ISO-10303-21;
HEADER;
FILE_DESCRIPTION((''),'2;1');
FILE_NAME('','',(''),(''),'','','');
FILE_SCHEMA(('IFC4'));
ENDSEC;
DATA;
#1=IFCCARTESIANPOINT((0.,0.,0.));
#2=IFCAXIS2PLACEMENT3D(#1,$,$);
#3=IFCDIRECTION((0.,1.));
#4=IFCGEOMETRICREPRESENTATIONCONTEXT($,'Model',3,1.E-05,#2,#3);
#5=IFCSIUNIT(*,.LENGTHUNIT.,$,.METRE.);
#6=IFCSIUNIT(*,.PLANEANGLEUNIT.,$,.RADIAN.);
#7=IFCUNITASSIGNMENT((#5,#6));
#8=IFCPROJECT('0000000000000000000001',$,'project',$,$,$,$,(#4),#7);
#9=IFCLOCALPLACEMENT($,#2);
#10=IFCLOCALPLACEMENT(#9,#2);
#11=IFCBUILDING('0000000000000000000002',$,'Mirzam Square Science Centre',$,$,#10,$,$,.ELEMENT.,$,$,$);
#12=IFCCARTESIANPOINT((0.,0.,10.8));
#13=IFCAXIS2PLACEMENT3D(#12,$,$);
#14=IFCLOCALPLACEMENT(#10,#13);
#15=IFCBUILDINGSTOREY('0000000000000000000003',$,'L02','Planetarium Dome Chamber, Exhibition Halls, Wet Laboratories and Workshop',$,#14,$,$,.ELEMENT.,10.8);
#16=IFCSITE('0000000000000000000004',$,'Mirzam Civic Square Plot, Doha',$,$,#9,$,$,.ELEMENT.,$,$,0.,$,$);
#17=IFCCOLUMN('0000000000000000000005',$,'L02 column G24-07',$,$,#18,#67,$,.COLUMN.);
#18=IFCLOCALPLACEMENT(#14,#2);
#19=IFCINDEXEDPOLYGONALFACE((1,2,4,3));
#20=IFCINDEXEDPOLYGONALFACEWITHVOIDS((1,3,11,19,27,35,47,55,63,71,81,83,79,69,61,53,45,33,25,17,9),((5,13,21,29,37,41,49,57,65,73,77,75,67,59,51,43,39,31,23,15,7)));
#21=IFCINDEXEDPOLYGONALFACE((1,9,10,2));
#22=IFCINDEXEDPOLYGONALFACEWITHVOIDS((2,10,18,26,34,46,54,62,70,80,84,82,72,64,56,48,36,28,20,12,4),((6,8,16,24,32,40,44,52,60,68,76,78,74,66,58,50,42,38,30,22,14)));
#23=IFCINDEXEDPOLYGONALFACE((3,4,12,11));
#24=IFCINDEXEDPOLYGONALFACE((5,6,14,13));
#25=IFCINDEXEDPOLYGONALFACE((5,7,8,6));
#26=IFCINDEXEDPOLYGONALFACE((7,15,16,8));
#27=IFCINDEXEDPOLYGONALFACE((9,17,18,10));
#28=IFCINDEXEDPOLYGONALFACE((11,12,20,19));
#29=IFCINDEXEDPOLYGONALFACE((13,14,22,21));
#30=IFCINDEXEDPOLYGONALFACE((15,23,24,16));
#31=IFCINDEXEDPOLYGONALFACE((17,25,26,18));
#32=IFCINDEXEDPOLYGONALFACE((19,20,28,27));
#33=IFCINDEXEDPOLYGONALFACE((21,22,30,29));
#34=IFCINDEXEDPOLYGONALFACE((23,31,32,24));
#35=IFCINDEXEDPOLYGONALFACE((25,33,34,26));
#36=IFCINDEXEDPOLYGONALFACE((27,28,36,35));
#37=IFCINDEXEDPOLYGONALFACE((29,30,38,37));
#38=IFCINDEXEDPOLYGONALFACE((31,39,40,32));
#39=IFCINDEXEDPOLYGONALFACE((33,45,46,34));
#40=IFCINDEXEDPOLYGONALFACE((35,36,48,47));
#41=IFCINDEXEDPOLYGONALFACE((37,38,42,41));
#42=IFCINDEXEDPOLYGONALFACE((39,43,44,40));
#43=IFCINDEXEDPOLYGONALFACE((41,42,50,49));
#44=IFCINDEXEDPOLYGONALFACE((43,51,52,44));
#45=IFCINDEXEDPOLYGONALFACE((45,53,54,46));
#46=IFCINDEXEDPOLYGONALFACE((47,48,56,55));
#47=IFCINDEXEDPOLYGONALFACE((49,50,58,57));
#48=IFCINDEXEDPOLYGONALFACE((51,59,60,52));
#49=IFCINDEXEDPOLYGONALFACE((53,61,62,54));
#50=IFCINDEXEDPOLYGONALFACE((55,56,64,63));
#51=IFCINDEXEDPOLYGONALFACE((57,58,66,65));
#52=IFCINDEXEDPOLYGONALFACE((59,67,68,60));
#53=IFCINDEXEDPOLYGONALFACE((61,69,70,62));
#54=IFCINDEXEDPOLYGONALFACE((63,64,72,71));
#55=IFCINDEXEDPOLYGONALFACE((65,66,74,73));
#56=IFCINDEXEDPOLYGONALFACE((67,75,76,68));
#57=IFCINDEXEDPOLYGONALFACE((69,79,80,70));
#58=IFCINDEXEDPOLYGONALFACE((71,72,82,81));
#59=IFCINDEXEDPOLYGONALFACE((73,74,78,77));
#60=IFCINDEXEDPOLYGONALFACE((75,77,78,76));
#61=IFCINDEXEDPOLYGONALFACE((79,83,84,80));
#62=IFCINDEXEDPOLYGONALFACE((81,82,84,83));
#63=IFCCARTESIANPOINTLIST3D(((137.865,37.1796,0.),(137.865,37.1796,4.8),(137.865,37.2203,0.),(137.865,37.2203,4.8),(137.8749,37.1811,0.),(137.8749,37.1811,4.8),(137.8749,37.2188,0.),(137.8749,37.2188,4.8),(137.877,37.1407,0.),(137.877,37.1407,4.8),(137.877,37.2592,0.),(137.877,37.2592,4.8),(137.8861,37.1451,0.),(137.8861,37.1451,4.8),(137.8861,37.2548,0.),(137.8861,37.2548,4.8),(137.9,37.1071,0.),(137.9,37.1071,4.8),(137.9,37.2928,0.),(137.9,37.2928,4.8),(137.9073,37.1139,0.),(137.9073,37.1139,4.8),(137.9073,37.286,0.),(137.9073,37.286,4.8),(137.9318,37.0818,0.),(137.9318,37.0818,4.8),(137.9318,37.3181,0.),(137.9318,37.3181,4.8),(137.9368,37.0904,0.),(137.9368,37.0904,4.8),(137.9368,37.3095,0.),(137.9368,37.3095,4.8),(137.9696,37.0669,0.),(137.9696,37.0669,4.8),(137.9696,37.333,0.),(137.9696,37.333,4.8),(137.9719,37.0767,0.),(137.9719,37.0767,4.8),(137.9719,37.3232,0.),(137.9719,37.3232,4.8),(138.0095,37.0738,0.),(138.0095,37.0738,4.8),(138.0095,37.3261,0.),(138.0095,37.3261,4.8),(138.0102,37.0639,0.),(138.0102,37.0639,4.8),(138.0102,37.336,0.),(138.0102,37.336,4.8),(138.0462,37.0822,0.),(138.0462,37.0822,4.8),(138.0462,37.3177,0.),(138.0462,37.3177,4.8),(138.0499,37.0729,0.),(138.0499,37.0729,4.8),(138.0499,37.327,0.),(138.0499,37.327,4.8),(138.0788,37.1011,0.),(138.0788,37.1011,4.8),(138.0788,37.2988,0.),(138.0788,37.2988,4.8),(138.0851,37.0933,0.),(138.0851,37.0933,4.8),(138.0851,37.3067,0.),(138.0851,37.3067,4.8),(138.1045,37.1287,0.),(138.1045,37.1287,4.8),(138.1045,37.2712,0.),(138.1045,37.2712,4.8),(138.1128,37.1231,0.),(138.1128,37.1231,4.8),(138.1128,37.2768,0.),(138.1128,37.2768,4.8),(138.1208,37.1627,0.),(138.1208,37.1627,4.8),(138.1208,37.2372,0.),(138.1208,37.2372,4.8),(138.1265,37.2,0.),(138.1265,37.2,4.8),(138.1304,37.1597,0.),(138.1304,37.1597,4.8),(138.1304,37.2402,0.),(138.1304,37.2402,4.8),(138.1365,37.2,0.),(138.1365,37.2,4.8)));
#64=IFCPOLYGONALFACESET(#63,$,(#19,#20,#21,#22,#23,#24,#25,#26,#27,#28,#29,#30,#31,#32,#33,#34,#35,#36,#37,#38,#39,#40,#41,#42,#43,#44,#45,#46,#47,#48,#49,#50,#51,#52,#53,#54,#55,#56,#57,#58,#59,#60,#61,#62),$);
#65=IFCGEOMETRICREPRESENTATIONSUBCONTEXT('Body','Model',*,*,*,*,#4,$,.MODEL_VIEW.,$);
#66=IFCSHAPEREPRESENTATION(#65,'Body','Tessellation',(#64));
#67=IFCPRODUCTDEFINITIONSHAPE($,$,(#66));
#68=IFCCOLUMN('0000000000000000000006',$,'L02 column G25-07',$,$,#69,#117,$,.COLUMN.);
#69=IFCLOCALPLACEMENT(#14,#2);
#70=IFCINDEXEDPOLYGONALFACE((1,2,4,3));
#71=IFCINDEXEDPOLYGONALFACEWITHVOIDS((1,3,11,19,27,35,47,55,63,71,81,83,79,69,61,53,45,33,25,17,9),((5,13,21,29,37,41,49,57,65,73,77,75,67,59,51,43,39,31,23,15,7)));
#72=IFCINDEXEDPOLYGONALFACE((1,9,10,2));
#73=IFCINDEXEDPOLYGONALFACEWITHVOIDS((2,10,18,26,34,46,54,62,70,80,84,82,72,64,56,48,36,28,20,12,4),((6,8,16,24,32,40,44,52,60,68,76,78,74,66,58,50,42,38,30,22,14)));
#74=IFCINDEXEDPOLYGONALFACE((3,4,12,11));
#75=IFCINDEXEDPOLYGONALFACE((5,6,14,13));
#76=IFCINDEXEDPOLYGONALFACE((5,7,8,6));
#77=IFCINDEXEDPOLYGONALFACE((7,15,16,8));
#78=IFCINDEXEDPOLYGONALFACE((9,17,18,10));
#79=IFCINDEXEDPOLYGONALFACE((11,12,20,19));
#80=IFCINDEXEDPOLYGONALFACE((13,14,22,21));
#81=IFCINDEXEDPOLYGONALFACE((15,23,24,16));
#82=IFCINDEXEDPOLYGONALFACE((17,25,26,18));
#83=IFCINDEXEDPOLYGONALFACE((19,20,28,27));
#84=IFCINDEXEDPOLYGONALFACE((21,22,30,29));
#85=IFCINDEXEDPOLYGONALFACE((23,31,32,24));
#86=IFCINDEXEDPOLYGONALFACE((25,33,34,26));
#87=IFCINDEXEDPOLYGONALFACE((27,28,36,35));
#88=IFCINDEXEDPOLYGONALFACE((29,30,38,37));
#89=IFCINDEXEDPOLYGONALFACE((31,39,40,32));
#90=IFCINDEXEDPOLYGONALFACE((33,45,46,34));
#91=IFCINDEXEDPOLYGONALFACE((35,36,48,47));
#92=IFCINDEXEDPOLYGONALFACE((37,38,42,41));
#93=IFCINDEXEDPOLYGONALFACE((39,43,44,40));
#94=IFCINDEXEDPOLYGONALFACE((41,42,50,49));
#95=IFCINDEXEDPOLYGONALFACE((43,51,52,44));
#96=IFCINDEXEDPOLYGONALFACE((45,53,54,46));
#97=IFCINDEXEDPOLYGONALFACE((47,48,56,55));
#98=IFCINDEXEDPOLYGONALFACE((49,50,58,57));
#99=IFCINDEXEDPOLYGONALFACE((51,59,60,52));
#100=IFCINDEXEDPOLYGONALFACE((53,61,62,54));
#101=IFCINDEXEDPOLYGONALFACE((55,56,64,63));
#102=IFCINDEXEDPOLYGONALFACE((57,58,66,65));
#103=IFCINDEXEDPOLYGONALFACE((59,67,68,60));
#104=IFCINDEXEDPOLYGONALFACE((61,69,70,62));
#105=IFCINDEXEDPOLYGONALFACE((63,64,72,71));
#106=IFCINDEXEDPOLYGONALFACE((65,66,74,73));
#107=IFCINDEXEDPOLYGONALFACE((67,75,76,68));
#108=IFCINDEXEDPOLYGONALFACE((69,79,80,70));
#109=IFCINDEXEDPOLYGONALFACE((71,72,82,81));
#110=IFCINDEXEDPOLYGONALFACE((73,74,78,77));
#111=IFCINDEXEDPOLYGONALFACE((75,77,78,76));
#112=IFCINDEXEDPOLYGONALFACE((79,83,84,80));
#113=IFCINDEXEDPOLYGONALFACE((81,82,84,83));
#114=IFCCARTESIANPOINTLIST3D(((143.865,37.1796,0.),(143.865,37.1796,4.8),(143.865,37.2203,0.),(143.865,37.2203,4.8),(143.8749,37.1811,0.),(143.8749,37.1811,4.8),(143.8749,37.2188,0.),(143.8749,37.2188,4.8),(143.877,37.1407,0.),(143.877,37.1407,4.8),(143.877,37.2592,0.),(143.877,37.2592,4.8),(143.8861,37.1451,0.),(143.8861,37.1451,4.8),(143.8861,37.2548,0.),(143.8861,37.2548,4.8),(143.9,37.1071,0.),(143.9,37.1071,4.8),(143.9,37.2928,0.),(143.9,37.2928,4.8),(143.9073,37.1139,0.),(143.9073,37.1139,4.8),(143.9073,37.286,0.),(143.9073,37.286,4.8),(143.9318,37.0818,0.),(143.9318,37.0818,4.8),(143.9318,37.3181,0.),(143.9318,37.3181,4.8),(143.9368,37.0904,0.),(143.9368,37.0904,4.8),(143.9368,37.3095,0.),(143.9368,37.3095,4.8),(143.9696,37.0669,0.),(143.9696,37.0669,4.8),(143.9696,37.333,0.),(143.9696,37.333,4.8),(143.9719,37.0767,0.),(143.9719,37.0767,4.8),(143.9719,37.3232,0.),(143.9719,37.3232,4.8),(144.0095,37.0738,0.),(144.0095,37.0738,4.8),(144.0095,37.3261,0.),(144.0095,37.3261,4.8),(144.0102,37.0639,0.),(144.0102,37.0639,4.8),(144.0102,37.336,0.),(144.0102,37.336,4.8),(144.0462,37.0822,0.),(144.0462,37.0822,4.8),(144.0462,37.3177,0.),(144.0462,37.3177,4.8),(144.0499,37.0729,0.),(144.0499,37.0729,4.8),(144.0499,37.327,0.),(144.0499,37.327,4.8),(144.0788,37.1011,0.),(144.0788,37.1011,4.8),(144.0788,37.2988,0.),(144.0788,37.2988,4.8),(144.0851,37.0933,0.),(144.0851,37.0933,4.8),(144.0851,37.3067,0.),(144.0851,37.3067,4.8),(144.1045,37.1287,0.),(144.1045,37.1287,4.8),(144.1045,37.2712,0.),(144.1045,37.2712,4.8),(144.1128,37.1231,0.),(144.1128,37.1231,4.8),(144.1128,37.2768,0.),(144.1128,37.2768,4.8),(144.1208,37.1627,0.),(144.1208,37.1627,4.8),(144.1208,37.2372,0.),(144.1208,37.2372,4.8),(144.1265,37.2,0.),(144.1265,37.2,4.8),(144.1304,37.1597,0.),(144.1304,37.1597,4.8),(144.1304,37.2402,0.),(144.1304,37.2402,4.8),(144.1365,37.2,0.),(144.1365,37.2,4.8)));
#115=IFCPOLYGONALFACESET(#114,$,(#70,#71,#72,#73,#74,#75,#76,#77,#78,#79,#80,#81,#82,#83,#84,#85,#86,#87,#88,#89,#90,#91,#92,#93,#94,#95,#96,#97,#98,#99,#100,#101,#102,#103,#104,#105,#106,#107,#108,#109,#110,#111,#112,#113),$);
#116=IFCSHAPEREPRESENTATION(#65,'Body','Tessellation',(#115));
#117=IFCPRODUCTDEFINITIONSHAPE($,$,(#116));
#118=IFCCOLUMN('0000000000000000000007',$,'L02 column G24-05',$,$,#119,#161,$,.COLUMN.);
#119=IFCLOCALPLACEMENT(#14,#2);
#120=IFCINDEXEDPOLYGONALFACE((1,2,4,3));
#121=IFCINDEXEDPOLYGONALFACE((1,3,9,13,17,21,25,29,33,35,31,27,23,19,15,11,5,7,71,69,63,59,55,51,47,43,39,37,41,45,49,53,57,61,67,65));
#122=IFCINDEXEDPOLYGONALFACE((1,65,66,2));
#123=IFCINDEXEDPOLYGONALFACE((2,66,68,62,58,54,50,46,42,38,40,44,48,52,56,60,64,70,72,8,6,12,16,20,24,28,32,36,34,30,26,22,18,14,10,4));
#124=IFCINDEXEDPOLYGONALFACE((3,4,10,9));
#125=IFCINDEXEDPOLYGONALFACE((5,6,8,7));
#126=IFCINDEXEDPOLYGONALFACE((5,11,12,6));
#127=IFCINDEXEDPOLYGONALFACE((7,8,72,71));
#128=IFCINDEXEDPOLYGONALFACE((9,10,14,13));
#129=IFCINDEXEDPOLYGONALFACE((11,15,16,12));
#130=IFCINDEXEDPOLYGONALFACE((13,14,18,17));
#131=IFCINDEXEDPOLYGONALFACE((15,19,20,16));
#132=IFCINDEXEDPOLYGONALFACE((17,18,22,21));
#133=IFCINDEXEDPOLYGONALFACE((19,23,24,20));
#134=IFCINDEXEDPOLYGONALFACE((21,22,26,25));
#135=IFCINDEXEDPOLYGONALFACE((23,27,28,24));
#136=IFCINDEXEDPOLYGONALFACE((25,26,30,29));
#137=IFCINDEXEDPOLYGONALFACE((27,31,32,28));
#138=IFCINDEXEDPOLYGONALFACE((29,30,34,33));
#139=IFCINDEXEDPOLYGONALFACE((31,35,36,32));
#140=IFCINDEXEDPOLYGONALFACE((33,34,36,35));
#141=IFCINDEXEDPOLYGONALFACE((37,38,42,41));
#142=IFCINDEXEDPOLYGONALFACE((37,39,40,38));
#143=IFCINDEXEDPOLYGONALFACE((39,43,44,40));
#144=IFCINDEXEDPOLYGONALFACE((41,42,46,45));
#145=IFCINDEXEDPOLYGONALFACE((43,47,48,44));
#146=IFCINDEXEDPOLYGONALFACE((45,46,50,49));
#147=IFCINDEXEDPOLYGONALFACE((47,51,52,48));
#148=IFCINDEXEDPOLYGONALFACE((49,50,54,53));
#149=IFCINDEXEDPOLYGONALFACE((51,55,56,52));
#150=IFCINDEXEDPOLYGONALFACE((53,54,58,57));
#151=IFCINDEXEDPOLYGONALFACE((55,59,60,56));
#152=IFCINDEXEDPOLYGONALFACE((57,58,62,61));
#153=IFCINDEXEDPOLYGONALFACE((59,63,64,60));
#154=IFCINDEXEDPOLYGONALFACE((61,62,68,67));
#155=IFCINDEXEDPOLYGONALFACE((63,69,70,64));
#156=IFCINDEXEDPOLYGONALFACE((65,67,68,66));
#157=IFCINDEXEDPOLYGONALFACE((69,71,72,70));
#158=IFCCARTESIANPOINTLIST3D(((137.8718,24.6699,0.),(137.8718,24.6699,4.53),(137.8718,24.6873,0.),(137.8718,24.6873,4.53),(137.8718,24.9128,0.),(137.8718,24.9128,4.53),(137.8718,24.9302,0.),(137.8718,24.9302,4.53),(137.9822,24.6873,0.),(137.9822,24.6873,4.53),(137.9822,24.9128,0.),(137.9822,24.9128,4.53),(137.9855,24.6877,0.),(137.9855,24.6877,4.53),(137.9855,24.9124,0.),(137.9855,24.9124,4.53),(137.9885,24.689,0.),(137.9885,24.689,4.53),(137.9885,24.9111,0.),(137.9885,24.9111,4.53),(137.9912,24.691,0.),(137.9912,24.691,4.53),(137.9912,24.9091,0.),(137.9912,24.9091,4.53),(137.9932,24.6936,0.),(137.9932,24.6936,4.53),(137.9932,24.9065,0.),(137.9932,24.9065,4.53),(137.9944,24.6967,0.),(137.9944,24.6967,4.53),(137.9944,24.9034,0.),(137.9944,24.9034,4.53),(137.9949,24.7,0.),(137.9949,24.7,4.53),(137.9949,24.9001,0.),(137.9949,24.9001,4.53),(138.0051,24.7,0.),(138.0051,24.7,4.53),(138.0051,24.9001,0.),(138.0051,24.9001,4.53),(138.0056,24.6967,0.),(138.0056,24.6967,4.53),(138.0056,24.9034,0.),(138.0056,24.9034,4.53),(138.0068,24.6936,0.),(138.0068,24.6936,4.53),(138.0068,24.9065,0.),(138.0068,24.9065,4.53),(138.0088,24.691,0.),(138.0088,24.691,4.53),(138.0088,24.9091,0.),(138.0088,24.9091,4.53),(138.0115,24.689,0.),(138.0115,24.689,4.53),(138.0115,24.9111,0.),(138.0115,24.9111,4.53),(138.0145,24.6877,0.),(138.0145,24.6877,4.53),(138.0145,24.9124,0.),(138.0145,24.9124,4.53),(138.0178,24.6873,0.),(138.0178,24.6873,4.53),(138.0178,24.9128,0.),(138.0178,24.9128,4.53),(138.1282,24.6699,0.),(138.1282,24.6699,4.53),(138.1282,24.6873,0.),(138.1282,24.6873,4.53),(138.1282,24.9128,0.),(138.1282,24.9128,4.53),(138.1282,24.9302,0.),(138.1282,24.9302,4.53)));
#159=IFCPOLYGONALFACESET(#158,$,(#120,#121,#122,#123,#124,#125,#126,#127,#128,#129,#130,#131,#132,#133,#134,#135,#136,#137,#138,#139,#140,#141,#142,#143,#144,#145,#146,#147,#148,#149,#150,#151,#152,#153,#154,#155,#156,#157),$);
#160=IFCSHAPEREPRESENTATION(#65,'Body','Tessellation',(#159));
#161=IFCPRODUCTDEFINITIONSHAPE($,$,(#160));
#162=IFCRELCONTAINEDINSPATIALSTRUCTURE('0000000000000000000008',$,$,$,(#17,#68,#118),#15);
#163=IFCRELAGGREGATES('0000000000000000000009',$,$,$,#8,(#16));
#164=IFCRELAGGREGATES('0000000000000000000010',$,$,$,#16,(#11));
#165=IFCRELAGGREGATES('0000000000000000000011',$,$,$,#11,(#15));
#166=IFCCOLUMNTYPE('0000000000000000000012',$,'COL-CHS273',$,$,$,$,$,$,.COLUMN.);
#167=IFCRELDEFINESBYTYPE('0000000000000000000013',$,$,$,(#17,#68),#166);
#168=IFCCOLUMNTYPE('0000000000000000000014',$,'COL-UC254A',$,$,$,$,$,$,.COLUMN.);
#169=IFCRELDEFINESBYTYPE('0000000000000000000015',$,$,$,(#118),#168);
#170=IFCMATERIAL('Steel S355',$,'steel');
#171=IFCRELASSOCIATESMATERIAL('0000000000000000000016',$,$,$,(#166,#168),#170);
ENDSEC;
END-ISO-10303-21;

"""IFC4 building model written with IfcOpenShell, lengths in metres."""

from ifc_helpers import new_model, si_unit, direction, frame, origin, origin_2d, place, context, subcontext, project, spatial, hollow_circle, i_section, extrude, material, material_profile, profile_set, type_object, element, save


model = new_model("IFC4")

# Units and contexts
model_context = context("Model", 3, precision=1e-05, world=origin(), true_north=direction((0.0, 1.0)))
body_context = subcontext(model_context, "Body", "Model", "MODEL_VIEW")
ifc_project = project(units=[si_unit("LENGTHUNIT", "METRE"), si_unit("PLANEANGLEUNIT", "RADIAN")], contexts=[model_context])

# Site, building, storey
site_placement = place(None, origin())
site = spatial("IfcSite", under=ifc_project, at=site_placement, Name="Mirzam Civic Square Plot, Doha", CompositionType="ELEMENT", RefElevation=0.0)
building_placement = place(site_placement, origin())
building = spatial("IfcBuilding", under=site, at=building_placement, Name="Mirzam Square Science Centre", CompositionType="ELEMENT")
storey_placement = place(building_placement, frame((0.0, 0.0, 10.8)))
storey = spatial("IfcBuildingStorey", under=building, at=storey_placement, Name="L02", Description="Planetarium Dome Chamber, Exhibition Halls, Wet Laboratories and Workshop", CompositionType="ELEMENT", Elevation=10.8)

# Columns
ifc_material_1 = material(Name="Steel S355", Category="steel")
ifc_material_profile_1 = material_profile(ifc_material_1, hollow_circle(Radius=0.1365, WallThickness=0.01, at=origin_2d()), Name="273.0x10.0CHS")
ifc_profile_set_1 = profile_set([ifc_material_profile_1], Name="Steel S355")
column_type_1 = type_object("IfcColumnType", Name="COL-CHS273", PredefinedType="COLUMN", material=ifc_profile_set_1)
for number, where, z_axis, x_axis, name in (
    (1, (138.0, 37.2, 0.0), (0.0, 0.0, 1.0), (1.0, 0.0, 0.0), "L02 column G24-07"),
    (2, (144.0, 37.2, 0.0), (0.0, 0.0, 1.0), (1.0, 0.0, 0.0), "L02 column G25-07"),
):
    element("IfcColumn", number, at=place(storey_placement, frame(where, z_axis=z_axis, x_axis=x_axis)), inside=storey, type_object=column_type_1, Name=name, PredefinedType="COLUMN", context=body_context, shape_type="SweptSolid", body=[
        extrude(hollow_circle(Radius=0.1365, WallThickness=0.01, at=origin_2d()), origin(), (0.0, 0.0, 1.0), 4.8),
    ])
ifc_material_profile_2 = material_profile(ifc_material_1, i_section(OverallWidth=0.2563, OverallDepth=0.2603, WebThickness=0.0103, FlangeThickness=0.0173, FilletRadius=0.0127, at=origin_2d()), Name="254x254x89UC")
ifc_profile_set_2 = profile_set([ifc_material_profile_2], Name="Steel S355")
column_type_2 = type_object("IfcColumnType", Name="COL-UC254A", PredefinedType="COLUMN", material=ifc_profile_set_2)
column_placement = place(storey_placement, frame((138.0, 24.8, 0.0), z_axis=(0.0, 0.0, 1.0), x_axis=(1.0, 0.0, 0.0)))
element("IfcColumn", 3, at=column_placement, inside=storey, type_object=column_type_2, Name="L02 column G24-05", PredefinedType="COLUMN", context=body_context, shape_type="SweptSolid", body=[
    extrude(i_section(OverallWidth=0.2563, OverallDepth=0.2603, WebThickness=0.0103, FlangeThickness=0.0173, FilletRadius=0.0127, at=origin_2d()), origin(), (0.0, 0.0, 1.0), 4.53),
])

save(model, "model.ifc")
